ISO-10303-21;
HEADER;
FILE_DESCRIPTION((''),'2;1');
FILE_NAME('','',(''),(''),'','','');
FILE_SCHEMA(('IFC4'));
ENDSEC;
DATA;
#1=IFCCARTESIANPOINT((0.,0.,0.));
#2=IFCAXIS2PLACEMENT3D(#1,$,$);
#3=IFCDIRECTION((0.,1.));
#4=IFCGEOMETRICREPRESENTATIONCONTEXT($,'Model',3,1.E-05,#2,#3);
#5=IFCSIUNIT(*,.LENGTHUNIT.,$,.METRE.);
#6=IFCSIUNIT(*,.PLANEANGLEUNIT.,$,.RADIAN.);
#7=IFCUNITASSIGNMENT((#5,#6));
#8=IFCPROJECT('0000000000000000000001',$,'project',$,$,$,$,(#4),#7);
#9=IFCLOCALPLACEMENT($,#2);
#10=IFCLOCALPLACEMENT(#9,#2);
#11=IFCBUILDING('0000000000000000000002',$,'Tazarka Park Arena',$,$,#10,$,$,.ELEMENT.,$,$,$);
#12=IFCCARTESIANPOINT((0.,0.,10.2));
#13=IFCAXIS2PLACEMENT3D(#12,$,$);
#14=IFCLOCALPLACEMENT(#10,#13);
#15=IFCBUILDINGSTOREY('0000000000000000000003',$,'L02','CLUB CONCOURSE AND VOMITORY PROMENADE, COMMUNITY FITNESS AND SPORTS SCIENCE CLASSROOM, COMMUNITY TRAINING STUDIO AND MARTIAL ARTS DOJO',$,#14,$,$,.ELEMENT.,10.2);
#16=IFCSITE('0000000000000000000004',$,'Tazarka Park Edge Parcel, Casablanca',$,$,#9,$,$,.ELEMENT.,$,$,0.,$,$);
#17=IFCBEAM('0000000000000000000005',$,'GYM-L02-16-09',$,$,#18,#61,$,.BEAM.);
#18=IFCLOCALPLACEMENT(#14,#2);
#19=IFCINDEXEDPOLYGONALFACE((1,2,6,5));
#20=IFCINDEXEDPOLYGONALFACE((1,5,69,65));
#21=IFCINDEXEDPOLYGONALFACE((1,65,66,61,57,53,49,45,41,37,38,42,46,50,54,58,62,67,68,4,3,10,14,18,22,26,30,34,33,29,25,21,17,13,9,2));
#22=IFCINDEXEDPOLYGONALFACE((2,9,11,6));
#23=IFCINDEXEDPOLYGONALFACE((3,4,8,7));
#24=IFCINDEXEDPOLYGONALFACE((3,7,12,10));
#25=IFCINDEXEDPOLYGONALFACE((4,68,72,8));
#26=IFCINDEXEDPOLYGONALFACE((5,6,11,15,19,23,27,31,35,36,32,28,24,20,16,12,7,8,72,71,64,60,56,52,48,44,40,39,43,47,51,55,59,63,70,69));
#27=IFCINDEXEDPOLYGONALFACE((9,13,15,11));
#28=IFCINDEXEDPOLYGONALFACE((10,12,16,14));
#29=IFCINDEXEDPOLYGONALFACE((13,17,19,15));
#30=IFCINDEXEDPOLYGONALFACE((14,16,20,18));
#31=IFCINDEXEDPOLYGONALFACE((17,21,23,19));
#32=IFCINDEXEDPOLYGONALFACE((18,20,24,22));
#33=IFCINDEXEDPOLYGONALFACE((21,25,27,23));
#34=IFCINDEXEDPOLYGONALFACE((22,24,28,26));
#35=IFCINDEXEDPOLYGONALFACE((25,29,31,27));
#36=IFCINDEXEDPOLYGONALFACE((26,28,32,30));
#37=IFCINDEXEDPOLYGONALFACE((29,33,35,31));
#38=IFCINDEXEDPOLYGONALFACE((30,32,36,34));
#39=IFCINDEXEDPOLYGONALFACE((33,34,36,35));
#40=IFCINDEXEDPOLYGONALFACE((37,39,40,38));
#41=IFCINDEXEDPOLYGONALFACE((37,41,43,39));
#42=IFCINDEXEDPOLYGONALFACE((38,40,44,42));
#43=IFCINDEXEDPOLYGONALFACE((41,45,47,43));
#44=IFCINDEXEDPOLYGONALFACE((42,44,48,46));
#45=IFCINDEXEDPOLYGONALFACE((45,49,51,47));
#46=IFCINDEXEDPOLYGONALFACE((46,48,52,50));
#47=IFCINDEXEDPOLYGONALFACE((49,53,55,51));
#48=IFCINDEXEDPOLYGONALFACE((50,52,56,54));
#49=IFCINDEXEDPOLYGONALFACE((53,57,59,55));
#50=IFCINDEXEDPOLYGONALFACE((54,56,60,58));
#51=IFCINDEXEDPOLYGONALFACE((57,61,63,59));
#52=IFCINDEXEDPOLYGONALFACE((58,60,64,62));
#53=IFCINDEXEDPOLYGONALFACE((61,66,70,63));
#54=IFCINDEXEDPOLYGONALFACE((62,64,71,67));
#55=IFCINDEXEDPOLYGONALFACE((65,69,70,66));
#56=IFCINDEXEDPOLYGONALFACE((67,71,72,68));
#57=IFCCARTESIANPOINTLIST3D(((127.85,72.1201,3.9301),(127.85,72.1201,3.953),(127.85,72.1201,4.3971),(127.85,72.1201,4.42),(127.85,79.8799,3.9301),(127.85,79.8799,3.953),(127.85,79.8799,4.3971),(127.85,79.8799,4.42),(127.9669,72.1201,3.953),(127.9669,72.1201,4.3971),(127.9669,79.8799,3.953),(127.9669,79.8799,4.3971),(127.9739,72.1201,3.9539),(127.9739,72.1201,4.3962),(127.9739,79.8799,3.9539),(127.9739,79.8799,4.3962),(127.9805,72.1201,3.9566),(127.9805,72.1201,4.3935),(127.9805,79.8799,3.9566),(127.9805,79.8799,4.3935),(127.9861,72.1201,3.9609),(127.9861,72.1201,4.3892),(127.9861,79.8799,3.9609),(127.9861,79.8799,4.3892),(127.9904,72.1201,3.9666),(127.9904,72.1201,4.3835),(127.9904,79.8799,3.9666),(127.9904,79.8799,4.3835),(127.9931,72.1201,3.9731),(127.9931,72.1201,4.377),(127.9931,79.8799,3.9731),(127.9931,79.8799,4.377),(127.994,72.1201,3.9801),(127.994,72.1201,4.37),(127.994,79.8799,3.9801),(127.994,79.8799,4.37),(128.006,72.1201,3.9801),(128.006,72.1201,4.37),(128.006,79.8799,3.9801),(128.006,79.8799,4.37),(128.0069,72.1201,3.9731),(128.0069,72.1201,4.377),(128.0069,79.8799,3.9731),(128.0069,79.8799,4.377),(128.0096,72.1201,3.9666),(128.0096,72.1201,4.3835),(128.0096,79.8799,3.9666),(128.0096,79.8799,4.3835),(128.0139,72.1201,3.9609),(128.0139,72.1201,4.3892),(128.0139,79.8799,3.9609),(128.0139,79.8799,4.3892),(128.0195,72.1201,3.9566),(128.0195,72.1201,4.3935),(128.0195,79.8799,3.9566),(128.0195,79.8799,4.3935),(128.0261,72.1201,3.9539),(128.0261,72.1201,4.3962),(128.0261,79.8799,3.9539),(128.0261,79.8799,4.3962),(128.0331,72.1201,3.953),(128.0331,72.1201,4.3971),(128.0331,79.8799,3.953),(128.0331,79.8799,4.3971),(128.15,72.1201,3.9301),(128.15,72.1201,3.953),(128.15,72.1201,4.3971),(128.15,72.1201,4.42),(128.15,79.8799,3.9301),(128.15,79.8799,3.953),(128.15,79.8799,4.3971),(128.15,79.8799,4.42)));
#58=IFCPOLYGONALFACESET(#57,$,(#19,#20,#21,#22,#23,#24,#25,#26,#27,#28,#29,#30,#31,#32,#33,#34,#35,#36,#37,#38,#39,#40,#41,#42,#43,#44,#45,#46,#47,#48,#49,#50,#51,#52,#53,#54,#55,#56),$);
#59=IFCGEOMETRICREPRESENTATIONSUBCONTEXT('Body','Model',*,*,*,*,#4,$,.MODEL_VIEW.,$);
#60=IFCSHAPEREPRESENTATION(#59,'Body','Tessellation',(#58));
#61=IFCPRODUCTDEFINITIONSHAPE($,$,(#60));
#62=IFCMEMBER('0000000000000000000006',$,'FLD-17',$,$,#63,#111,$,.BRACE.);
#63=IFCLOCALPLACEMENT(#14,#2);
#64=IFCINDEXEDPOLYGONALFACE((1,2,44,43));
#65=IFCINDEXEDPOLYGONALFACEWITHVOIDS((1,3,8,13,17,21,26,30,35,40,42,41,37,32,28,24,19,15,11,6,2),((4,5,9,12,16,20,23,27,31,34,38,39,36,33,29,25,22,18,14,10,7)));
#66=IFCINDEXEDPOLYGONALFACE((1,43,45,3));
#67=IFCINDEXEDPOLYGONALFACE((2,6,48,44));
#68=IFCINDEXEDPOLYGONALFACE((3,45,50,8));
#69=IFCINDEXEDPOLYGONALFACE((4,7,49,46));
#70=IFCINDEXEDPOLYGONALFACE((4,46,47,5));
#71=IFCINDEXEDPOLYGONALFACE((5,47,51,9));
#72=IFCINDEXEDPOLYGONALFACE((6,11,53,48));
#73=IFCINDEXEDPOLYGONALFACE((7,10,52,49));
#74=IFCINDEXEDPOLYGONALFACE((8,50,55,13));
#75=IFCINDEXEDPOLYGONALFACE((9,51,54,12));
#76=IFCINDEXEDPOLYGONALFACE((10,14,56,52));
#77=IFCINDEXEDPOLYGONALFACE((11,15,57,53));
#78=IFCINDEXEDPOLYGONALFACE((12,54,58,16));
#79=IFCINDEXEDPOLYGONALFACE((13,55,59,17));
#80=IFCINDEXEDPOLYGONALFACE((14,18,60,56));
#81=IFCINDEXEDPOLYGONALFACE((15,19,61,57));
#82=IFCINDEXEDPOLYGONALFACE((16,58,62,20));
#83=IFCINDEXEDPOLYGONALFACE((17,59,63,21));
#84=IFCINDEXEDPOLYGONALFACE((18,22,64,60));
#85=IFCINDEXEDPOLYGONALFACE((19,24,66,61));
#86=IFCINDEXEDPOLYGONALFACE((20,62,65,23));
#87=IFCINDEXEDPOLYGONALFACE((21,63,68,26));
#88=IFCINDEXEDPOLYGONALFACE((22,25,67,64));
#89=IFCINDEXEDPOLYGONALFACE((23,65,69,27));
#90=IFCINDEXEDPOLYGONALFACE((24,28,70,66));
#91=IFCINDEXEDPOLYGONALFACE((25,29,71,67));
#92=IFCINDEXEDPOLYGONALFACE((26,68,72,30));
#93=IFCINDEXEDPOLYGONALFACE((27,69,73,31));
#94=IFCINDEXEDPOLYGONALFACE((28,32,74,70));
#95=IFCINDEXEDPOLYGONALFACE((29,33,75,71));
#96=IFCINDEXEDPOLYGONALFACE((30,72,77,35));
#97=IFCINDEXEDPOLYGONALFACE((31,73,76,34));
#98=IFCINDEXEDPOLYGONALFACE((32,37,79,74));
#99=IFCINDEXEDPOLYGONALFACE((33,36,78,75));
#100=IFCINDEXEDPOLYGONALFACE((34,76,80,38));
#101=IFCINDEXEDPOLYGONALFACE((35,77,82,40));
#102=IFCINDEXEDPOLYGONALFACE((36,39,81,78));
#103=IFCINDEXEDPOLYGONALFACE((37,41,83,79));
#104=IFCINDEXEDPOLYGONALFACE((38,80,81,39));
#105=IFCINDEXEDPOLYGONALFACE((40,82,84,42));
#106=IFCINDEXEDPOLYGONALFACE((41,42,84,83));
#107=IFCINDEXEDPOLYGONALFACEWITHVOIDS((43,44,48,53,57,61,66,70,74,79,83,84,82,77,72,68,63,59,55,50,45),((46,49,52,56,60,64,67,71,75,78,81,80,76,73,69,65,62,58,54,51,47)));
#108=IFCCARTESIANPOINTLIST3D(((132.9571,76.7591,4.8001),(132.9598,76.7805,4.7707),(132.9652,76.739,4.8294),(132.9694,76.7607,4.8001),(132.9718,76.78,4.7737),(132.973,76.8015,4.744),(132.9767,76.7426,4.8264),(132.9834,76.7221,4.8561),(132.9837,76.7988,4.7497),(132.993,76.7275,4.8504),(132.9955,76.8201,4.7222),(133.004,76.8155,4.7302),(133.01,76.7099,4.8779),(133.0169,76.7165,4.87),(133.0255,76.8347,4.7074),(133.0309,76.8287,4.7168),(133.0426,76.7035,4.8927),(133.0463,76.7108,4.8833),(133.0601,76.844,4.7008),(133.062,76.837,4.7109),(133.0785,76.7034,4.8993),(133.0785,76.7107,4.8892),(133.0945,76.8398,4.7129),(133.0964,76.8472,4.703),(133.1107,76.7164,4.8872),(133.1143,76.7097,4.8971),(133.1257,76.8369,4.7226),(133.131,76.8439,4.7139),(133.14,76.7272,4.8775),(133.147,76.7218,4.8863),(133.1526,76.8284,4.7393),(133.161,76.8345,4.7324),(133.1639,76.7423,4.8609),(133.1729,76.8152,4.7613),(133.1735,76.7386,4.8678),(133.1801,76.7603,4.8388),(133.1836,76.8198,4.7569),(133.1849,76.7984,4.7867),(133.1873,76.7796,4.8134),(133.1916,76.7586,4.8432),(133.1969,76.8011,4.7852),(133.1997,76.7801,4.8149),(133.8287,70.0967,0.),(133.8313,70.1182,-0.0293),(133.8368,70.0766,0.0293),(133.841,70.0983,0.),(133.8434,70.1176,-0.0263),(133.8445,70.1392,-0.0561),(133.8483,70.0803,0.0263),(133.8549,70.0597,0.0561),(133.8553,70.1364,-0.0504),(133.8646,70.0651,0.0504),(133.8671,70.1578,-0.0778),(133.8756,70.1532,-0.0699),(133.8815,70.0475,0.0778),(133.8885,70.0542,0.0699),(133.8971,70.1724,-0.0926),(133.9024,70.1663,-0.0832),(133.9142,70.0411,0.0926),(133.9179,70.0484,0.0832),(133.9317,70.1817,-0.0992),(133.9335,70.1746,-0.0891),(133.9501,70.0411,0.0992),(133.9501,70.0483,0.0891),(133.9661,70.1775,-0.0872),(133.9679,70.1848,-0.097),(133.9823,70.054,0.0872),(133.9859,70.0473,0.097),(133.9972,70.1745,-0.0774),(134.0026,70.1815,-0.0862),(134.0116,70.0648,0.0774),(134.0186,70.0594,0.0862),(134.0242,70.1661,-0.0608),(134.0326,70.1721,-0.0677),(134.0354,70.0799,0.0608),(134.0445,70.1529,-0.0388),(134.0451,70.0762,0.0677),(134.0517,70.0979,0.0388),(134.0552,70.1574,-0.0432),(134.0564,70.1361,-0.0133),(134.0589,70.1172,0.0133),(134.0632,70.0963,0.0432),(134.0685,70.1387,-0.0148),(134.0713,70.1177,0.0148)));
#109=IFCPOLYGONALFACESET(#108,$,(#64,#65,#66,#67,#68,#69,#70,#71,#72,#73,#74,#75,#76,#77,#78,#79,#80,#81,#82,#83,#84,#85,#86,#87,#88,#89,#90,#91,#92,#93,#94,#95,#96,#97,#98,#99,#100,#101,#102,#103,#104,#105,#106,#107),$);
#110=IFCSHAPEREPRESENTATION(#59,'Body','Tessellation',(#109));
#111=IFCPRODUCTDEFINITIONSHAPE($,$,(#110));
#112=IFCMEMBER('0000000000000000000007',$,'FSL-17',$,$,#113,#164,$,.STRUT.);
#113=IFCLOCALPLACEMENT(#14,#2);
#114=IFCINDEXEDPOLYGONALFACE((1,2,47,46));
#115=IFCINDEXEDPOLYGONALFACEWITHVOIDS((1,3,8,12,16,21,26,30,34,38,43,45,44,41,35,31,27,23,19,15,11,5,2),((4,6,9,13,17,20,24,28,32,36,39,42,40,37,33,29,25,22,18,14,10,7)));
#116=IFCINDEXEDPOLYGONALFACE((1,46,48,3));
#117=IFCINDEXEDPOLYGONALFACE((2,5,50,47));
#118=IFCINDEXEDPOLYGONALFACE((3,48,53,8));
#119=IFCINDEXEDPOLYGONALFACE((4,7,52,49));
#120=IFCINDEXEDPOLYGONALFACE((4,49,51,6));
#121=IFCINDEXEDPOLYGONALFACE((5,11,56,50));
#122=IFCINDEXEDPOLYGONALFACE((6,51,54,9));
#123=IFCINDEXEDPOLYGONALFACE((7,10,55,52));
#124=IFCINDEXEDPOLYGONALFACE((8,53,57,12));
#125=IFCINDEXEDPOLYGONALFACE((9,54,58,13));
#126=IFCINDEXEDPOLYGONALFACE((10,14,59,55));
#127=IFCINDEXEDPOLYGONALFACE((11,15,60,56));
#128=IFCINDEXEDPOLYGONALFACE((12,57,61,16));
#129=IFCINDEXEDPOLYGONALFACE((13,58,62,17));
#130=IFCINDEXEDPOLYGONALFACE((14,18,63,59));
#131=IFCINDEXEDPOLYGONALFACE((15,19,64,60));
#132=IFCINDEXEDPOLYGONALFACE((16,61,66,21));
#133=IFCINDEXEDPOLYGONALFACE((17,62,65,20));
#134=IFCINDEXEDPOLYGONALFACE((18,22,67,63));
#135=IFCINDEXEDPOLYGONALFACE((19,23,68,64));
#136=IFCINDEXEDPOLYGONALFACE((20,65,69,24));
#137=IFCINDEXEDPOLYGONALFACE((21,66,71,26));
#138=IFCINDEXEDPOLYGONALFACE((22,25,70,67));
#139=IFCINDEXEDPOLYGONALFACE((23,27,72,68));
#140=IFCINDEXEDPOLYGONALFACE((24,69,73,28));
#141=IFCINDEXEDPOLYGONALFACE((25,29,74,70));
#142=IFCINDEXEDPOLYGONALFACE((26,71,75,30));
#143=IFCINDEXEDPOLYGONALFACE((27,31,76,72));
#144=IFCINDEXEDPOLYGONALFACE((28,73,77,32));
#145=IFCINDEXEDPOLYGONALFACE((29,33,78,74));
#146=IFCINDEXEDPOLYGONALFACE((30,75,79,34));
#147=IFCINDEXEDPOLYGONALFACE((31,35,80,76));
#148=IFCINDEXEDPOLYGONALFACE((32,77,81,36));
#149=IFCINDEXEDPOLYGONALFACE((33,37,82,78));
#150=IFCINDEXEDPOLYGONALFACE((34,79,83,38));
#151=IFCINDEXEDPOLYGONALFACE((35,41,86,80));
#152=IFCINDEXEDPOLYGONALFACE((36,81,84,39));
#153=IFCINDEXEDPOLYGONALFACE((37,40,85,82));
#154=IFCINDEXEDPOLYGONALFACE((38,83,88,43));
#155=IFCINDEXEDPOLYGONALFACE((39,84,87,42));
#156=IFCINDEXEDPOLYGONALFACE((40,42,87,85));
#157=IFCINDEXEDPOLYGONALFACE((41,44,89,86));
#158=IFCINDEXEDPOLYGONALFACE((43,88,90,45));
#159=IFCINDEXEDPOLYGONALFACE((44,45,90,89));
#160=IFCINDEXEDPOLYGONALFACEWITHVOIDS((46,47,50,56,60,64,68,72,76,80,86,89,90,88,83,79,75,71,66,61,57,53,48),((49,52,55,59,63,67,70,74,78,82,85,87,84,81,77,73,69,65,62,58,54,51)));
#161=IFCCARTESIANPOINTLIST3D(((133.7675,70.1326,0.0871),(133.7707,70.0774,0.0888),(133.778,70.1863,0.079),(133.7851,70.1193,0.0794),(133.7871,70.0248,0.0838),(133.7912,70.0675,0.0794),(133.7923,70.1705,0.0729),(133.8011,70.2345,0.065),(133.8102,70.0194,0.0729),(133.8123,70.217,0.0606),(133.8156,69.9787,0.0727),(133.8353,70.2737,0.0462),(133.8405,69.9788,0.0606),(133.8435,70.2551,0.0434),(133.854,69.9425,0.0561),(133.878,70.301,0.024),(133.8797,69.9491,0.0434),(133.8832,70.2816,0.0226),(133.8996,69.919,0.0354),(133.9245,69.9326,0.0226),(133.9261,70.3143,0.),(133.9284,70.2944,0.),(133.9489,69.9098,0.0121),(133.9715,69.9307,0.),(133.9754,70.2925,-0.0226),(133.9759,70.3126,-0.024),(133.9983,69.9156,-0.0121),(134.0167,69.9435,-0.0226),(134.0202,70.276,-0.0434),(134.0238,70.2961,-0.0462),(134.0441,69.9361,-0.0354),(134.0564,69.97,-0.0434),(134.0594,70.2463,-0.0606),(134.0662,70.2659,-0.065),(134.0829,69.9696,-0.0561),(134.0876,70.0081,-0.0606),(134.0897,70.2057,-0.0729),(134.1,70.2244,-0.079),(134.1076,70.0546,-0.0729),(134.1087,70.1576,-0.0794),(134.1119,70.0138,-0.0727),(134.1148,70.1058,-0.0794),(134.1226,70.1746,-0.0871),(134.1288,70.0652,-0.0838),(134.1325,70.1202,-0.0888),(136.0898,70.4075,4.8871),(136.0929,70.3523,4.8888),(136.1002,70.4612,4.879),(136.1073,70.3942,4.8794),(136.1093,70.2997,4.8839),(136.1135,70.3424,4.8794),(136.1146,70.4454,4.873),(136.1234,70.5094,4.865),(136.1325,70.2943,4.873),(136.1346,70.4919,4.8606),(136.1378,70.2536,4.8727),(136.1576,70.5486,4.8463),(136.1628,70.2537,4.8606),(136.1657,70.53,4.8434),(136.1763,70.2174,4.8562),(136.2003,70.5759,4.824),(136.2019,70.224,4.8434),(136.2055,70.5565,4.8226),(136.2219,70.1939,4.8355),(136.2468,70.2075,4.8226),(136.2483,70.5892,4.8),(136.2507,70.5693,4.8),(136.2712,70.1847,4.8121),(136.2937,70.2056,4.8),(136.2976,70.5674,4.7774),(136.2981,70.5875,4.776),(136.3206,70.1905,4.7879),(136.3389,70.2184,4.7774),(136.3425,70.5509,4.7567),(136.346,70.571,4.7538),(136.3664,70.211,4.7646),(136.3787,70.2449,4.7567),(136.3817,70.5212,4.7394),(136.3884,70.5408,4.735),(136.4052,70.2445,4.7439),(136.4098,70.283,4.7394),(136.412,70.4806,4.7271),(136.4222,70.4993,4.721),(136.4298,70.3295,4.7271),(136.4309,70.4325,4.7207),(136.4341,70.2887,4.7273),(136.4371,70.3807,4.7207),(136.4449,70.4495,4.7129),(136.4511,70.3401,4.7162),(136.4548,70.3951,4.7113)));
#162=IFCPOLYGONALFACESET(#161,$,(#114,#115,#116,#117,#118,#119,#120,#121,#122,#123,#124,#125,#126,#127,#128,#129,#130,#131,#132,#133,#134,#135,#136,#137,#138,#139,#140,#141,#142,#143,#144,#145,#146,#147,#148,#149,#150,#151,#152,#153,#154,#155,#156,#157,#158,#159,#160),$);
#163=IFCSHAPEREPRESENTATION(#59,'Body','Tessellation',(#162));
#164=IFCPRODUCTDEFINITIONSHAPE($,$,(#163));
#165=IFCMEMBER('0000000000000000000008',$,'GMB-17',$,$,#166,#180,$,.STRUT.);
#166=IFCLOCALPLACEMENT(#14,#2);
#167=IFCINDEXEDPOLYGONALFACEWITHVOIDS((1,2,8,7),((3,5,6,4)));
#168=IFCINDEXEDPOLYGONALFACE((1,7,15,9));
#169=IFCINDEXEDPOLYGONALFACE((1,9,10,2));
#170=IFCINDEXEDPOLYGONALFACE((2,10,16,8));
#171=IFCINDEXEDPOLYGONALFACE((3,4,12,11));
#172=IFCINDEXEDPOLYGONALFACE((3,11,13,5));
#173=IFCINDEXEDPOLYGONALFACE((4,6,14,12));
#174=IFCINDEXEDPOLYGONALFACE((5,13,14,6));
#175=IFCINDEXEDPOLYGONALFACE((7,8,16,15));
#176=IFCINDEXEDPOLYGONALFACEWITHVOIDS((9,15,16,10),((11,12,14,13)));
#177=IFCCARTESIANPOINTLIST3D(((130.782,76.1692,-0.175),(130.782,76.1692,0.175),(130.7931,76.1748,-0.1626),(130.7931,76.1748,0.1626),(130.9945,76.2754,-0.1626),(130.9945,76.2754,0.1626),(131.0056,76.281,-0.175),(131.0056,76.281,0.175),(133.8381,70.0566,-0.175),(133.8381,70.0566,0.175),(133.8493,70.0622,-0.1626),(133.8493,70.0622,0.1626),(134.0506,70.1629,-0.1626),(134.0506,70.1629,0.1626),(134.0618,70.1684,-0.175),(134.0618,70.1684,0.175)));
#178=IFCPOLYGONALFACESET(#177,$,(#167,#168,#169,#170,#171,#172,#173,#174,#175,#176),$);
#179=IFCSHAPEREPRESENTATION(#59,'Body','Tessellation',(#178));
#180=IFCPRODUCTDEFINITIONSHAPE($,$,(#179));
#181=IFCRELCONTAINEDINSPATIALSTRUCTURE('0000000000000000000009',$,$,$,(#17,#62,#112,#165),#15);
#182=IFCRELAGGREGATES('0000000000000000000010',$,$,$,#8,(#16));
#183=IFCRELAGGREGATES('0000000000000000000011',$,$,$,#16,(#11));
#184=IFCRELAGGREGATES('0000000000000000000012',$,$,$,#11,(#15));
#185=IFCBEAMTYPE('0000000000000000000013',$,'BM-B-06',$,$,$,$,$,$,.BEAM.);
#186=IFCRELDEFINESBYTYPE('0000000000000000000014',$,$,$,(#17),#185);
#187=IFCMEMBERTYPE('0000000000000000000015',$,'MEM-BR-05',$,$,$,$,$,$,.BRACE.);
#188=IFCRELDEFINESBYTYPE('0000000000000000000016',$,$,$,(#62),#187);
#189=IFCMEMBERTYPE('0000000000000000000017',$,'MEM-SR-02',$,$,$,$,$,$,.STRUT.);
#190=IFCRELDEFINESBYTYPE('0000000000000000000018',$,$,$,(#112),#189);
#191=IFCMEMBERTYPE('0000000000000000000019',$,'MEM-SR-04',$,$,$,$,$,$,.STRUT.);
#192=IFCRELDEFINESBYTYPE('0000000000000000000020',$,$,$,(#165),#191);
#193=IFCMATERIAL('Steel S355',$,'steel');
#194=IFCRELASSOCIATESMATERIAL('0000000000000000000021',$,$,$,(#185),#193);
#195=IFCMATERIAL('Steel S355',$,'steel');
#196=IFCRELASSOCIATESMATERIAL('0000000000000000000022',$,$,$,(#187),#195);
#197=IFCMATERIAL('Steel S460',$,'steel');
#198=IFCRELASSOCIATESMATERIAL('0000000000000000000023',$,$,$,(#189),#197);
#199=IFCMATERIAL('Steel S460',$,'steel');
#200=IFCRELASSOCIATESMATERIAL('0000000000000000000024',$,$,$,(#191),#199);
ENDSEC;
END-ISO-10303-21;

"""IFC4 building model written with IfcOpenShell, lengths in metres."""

from ifc_helpers import new_model, si_unit, direction, frame, origin, origin_2d, place, context, subcontext, project, spatial, hollow_rectangle, hollow_circle, i_section, extrude, material, material_profile, profile_set, type_object, element, save


model = new_model("IFC4")

# Units and contexts
model_context = context("Model", 3, precision=1e-05, world=origin(), true_north=direction((0.0, 1.0)))
body_context = subcontext(model_context, "Body", "Model", "MODEL_VIEW")
ifc_project = project(units=[si_unit("LENGTHUNIT", "METRE"), si_unit("PLANEANGLEUNIT", "RADIAN")], contexts=[model_context])

# Site, building, storey
site_placement = place(None, origin())
site = spatial("IfcSite", under=ifc_project, at=site_placement, Name="Tazarka Park Edge Parcel, Casablanca", CompositionType="ELEMENT", RefElevation=0.0)
building_placement = place(site_placement, origin())
building = spatial("IfcBuilding", under=site, at=building_placement, Name="Tazarka Park Arena", CompositionType="ELEMENT")
storey_placement = place(building_placement, frame((0.0, 0.0, 10.2)))
storey = spatial("IfcBuildingStorey", under=building, at=storey_placement, Name="L02", Description="CLUB CONCOURSE AND VOMITORY PROMENADE, COMMUNITY FITNESS AND SPORTS SCIENCE CLASSROOM, COMMUNITY TRAINING STUDIO AND MARTIAL ARTS DOJO", CompositionType="ELEMENT", Elevation=10.2)

# Beam
ifc_material_1 = material(Name="Steel S355", Category="steel")
ifc_material_profile_1 = material_profile(ifc_material_1, i_section(OverallWidth=0.3, OverallDepth=0.49, WebThickness=0.012, FlangeThickness=0.0229, FilletRadius=0.0271, at=origin_2d()), Name="Steel S355")
ifc_profile_set_1 = profile_set([ifc_material_profile_1], Name="Steel S355")
beam_type = type_object("IfcBeamType", Name="BM-B-06", PredefinedType="BEAM", material=ifc_profile_set_1)
for number, where, z_axis, x_axis, name in (
    (1, (128.0, 72.1201, 4.175), (0.0, 1.0, 0.0), (-1.0, 0.0, 0.0), "GYM-L02-16-09"),
):
    element("IfcBeam", number, at=place(storey_placement, frame(where, z_axis=z_axis, x_axis=x_axis)), inside=storey, type_object=beam_type, Name=name, PredefinedType="BEAM", context=body_context, shape_type="SweptSolid", body=[
        extrude(i_section(OverallWidth=0.3, OverallDepth=0.49, WebThickness=0.012, FlangeThickness=0.0229, FilletRadius=0.0271, at=origin_2d()), origin(), (0.0, 0.0, 1.0), 7.7598),
    ])

# Members
ifc_material_2 = material(Name="Steel S355", Category="steel")
ifc_material_profile_2 = material_profile(ifc_material_2, hollow_circle(Radius=0.1223, WallThickness=0.0125, at=origin_2d()), Name="Steel S355")
ifc_profile_set_2 = profile_set([ifc_material_profile_2], Name="Steel S355")
member_type_1 = type_object("IfcMemberType", Name="MEM-BR-05", PredefinedType="BRACE", material=ifc_profile_set_2)
member_1_placement = place(storey_placement, frame((133.95, 70.1125, 0.0), z_axis=(-0.10555, 0.80682, 0.581292), x_axis=(-0.991551, -0.129717, 0.0)))
element("IfcMember", 2, at=member_1_placement, inside=storey, type_object=member_type_1, Name="FLD-17", PredefinedType="BRACE", context=body_context, shape_type="SweptSolid", body=[
    extrude(hollow_circle(Radius=0.1223, WallThickness=0.0125, at=origin_2d()), origin(), (0.0, 0.0, 1.0), 8.2576),
])
ifc_material_3 = material(Name="Steel S460", Category="steel")
ifc_material_profile_3 = material_profile(ifc_material_3, hollow_circle(Radius=0.2031, WallThickness=0.02, at=origin_2d()), Name="Steel S460")
ifc_profile_set_3 = profile_set([ifc_material_profile_3], Name="Steel S460")
member_type_2 = type_object("IfcMemberType", Name="MEM-SR-02", PredefinedType="STRUT", material=ifc_profile_set_3)
member_2_placement = place(storey_placement, frame((133.95, 70.1125, 0.0), z_axis=(0.434932, 0.051486, 0.89899), x_axis=(-0.117556, 0.993066, 0.0)))
element("IfcMember", 3, at=member_2_placement, inside=storey, type_object=member_type_2, Name="FSL-17", PredefinedType="STRUT", context=body_context, shape_type="SweptSolid", body=[
    extrude(hollow_circle(Radius=0.2031, WallThickness=0.02, at=origin_2d()), origin(), (0.0, 0.0, 1.0), 5.3394),
])
ifc_material_4 = material(Name="Steel S460", Category="steel")
ifc_material_profile_4 = material_profile(ifc_material_4, hollow_rectangle(XDim=0.25, YDim=0.3501, WallThickness=0.0125, at=origin_2d()), Name="Steel S460")
ifc_profile_set_4 = profile_set([ifc_material_profile_4], Name="Steel S460")
member_type_3 = type_object("IfcMemberType", Name="MEM-SR-04", PredefinedType="STRUT", material=ifc_profile_set_4)
member_3_placement = place(storey_placement, frame((133.95, 70.1125, 0.0), z_axis=(-0.447199, 0.894434, 0.0), x_axis=(-0.894434, -0.447199, 0.0)))
element("IfcMember", 4, at=member_3_placement, inside=storey, type_object=member_type_3, Name="GMB-17", PredefinedType="STRUT", context=body_context, shape_type="SweptSolid", body=[
    extrude(hollow_rectangle(XDim=0.25, YDim=0.3501, WallThickness=0.0125, at=origin_2d()), origin(), (0.0, 0.0, 1.0), 6.834),
])

save(model, "model.ifc")
